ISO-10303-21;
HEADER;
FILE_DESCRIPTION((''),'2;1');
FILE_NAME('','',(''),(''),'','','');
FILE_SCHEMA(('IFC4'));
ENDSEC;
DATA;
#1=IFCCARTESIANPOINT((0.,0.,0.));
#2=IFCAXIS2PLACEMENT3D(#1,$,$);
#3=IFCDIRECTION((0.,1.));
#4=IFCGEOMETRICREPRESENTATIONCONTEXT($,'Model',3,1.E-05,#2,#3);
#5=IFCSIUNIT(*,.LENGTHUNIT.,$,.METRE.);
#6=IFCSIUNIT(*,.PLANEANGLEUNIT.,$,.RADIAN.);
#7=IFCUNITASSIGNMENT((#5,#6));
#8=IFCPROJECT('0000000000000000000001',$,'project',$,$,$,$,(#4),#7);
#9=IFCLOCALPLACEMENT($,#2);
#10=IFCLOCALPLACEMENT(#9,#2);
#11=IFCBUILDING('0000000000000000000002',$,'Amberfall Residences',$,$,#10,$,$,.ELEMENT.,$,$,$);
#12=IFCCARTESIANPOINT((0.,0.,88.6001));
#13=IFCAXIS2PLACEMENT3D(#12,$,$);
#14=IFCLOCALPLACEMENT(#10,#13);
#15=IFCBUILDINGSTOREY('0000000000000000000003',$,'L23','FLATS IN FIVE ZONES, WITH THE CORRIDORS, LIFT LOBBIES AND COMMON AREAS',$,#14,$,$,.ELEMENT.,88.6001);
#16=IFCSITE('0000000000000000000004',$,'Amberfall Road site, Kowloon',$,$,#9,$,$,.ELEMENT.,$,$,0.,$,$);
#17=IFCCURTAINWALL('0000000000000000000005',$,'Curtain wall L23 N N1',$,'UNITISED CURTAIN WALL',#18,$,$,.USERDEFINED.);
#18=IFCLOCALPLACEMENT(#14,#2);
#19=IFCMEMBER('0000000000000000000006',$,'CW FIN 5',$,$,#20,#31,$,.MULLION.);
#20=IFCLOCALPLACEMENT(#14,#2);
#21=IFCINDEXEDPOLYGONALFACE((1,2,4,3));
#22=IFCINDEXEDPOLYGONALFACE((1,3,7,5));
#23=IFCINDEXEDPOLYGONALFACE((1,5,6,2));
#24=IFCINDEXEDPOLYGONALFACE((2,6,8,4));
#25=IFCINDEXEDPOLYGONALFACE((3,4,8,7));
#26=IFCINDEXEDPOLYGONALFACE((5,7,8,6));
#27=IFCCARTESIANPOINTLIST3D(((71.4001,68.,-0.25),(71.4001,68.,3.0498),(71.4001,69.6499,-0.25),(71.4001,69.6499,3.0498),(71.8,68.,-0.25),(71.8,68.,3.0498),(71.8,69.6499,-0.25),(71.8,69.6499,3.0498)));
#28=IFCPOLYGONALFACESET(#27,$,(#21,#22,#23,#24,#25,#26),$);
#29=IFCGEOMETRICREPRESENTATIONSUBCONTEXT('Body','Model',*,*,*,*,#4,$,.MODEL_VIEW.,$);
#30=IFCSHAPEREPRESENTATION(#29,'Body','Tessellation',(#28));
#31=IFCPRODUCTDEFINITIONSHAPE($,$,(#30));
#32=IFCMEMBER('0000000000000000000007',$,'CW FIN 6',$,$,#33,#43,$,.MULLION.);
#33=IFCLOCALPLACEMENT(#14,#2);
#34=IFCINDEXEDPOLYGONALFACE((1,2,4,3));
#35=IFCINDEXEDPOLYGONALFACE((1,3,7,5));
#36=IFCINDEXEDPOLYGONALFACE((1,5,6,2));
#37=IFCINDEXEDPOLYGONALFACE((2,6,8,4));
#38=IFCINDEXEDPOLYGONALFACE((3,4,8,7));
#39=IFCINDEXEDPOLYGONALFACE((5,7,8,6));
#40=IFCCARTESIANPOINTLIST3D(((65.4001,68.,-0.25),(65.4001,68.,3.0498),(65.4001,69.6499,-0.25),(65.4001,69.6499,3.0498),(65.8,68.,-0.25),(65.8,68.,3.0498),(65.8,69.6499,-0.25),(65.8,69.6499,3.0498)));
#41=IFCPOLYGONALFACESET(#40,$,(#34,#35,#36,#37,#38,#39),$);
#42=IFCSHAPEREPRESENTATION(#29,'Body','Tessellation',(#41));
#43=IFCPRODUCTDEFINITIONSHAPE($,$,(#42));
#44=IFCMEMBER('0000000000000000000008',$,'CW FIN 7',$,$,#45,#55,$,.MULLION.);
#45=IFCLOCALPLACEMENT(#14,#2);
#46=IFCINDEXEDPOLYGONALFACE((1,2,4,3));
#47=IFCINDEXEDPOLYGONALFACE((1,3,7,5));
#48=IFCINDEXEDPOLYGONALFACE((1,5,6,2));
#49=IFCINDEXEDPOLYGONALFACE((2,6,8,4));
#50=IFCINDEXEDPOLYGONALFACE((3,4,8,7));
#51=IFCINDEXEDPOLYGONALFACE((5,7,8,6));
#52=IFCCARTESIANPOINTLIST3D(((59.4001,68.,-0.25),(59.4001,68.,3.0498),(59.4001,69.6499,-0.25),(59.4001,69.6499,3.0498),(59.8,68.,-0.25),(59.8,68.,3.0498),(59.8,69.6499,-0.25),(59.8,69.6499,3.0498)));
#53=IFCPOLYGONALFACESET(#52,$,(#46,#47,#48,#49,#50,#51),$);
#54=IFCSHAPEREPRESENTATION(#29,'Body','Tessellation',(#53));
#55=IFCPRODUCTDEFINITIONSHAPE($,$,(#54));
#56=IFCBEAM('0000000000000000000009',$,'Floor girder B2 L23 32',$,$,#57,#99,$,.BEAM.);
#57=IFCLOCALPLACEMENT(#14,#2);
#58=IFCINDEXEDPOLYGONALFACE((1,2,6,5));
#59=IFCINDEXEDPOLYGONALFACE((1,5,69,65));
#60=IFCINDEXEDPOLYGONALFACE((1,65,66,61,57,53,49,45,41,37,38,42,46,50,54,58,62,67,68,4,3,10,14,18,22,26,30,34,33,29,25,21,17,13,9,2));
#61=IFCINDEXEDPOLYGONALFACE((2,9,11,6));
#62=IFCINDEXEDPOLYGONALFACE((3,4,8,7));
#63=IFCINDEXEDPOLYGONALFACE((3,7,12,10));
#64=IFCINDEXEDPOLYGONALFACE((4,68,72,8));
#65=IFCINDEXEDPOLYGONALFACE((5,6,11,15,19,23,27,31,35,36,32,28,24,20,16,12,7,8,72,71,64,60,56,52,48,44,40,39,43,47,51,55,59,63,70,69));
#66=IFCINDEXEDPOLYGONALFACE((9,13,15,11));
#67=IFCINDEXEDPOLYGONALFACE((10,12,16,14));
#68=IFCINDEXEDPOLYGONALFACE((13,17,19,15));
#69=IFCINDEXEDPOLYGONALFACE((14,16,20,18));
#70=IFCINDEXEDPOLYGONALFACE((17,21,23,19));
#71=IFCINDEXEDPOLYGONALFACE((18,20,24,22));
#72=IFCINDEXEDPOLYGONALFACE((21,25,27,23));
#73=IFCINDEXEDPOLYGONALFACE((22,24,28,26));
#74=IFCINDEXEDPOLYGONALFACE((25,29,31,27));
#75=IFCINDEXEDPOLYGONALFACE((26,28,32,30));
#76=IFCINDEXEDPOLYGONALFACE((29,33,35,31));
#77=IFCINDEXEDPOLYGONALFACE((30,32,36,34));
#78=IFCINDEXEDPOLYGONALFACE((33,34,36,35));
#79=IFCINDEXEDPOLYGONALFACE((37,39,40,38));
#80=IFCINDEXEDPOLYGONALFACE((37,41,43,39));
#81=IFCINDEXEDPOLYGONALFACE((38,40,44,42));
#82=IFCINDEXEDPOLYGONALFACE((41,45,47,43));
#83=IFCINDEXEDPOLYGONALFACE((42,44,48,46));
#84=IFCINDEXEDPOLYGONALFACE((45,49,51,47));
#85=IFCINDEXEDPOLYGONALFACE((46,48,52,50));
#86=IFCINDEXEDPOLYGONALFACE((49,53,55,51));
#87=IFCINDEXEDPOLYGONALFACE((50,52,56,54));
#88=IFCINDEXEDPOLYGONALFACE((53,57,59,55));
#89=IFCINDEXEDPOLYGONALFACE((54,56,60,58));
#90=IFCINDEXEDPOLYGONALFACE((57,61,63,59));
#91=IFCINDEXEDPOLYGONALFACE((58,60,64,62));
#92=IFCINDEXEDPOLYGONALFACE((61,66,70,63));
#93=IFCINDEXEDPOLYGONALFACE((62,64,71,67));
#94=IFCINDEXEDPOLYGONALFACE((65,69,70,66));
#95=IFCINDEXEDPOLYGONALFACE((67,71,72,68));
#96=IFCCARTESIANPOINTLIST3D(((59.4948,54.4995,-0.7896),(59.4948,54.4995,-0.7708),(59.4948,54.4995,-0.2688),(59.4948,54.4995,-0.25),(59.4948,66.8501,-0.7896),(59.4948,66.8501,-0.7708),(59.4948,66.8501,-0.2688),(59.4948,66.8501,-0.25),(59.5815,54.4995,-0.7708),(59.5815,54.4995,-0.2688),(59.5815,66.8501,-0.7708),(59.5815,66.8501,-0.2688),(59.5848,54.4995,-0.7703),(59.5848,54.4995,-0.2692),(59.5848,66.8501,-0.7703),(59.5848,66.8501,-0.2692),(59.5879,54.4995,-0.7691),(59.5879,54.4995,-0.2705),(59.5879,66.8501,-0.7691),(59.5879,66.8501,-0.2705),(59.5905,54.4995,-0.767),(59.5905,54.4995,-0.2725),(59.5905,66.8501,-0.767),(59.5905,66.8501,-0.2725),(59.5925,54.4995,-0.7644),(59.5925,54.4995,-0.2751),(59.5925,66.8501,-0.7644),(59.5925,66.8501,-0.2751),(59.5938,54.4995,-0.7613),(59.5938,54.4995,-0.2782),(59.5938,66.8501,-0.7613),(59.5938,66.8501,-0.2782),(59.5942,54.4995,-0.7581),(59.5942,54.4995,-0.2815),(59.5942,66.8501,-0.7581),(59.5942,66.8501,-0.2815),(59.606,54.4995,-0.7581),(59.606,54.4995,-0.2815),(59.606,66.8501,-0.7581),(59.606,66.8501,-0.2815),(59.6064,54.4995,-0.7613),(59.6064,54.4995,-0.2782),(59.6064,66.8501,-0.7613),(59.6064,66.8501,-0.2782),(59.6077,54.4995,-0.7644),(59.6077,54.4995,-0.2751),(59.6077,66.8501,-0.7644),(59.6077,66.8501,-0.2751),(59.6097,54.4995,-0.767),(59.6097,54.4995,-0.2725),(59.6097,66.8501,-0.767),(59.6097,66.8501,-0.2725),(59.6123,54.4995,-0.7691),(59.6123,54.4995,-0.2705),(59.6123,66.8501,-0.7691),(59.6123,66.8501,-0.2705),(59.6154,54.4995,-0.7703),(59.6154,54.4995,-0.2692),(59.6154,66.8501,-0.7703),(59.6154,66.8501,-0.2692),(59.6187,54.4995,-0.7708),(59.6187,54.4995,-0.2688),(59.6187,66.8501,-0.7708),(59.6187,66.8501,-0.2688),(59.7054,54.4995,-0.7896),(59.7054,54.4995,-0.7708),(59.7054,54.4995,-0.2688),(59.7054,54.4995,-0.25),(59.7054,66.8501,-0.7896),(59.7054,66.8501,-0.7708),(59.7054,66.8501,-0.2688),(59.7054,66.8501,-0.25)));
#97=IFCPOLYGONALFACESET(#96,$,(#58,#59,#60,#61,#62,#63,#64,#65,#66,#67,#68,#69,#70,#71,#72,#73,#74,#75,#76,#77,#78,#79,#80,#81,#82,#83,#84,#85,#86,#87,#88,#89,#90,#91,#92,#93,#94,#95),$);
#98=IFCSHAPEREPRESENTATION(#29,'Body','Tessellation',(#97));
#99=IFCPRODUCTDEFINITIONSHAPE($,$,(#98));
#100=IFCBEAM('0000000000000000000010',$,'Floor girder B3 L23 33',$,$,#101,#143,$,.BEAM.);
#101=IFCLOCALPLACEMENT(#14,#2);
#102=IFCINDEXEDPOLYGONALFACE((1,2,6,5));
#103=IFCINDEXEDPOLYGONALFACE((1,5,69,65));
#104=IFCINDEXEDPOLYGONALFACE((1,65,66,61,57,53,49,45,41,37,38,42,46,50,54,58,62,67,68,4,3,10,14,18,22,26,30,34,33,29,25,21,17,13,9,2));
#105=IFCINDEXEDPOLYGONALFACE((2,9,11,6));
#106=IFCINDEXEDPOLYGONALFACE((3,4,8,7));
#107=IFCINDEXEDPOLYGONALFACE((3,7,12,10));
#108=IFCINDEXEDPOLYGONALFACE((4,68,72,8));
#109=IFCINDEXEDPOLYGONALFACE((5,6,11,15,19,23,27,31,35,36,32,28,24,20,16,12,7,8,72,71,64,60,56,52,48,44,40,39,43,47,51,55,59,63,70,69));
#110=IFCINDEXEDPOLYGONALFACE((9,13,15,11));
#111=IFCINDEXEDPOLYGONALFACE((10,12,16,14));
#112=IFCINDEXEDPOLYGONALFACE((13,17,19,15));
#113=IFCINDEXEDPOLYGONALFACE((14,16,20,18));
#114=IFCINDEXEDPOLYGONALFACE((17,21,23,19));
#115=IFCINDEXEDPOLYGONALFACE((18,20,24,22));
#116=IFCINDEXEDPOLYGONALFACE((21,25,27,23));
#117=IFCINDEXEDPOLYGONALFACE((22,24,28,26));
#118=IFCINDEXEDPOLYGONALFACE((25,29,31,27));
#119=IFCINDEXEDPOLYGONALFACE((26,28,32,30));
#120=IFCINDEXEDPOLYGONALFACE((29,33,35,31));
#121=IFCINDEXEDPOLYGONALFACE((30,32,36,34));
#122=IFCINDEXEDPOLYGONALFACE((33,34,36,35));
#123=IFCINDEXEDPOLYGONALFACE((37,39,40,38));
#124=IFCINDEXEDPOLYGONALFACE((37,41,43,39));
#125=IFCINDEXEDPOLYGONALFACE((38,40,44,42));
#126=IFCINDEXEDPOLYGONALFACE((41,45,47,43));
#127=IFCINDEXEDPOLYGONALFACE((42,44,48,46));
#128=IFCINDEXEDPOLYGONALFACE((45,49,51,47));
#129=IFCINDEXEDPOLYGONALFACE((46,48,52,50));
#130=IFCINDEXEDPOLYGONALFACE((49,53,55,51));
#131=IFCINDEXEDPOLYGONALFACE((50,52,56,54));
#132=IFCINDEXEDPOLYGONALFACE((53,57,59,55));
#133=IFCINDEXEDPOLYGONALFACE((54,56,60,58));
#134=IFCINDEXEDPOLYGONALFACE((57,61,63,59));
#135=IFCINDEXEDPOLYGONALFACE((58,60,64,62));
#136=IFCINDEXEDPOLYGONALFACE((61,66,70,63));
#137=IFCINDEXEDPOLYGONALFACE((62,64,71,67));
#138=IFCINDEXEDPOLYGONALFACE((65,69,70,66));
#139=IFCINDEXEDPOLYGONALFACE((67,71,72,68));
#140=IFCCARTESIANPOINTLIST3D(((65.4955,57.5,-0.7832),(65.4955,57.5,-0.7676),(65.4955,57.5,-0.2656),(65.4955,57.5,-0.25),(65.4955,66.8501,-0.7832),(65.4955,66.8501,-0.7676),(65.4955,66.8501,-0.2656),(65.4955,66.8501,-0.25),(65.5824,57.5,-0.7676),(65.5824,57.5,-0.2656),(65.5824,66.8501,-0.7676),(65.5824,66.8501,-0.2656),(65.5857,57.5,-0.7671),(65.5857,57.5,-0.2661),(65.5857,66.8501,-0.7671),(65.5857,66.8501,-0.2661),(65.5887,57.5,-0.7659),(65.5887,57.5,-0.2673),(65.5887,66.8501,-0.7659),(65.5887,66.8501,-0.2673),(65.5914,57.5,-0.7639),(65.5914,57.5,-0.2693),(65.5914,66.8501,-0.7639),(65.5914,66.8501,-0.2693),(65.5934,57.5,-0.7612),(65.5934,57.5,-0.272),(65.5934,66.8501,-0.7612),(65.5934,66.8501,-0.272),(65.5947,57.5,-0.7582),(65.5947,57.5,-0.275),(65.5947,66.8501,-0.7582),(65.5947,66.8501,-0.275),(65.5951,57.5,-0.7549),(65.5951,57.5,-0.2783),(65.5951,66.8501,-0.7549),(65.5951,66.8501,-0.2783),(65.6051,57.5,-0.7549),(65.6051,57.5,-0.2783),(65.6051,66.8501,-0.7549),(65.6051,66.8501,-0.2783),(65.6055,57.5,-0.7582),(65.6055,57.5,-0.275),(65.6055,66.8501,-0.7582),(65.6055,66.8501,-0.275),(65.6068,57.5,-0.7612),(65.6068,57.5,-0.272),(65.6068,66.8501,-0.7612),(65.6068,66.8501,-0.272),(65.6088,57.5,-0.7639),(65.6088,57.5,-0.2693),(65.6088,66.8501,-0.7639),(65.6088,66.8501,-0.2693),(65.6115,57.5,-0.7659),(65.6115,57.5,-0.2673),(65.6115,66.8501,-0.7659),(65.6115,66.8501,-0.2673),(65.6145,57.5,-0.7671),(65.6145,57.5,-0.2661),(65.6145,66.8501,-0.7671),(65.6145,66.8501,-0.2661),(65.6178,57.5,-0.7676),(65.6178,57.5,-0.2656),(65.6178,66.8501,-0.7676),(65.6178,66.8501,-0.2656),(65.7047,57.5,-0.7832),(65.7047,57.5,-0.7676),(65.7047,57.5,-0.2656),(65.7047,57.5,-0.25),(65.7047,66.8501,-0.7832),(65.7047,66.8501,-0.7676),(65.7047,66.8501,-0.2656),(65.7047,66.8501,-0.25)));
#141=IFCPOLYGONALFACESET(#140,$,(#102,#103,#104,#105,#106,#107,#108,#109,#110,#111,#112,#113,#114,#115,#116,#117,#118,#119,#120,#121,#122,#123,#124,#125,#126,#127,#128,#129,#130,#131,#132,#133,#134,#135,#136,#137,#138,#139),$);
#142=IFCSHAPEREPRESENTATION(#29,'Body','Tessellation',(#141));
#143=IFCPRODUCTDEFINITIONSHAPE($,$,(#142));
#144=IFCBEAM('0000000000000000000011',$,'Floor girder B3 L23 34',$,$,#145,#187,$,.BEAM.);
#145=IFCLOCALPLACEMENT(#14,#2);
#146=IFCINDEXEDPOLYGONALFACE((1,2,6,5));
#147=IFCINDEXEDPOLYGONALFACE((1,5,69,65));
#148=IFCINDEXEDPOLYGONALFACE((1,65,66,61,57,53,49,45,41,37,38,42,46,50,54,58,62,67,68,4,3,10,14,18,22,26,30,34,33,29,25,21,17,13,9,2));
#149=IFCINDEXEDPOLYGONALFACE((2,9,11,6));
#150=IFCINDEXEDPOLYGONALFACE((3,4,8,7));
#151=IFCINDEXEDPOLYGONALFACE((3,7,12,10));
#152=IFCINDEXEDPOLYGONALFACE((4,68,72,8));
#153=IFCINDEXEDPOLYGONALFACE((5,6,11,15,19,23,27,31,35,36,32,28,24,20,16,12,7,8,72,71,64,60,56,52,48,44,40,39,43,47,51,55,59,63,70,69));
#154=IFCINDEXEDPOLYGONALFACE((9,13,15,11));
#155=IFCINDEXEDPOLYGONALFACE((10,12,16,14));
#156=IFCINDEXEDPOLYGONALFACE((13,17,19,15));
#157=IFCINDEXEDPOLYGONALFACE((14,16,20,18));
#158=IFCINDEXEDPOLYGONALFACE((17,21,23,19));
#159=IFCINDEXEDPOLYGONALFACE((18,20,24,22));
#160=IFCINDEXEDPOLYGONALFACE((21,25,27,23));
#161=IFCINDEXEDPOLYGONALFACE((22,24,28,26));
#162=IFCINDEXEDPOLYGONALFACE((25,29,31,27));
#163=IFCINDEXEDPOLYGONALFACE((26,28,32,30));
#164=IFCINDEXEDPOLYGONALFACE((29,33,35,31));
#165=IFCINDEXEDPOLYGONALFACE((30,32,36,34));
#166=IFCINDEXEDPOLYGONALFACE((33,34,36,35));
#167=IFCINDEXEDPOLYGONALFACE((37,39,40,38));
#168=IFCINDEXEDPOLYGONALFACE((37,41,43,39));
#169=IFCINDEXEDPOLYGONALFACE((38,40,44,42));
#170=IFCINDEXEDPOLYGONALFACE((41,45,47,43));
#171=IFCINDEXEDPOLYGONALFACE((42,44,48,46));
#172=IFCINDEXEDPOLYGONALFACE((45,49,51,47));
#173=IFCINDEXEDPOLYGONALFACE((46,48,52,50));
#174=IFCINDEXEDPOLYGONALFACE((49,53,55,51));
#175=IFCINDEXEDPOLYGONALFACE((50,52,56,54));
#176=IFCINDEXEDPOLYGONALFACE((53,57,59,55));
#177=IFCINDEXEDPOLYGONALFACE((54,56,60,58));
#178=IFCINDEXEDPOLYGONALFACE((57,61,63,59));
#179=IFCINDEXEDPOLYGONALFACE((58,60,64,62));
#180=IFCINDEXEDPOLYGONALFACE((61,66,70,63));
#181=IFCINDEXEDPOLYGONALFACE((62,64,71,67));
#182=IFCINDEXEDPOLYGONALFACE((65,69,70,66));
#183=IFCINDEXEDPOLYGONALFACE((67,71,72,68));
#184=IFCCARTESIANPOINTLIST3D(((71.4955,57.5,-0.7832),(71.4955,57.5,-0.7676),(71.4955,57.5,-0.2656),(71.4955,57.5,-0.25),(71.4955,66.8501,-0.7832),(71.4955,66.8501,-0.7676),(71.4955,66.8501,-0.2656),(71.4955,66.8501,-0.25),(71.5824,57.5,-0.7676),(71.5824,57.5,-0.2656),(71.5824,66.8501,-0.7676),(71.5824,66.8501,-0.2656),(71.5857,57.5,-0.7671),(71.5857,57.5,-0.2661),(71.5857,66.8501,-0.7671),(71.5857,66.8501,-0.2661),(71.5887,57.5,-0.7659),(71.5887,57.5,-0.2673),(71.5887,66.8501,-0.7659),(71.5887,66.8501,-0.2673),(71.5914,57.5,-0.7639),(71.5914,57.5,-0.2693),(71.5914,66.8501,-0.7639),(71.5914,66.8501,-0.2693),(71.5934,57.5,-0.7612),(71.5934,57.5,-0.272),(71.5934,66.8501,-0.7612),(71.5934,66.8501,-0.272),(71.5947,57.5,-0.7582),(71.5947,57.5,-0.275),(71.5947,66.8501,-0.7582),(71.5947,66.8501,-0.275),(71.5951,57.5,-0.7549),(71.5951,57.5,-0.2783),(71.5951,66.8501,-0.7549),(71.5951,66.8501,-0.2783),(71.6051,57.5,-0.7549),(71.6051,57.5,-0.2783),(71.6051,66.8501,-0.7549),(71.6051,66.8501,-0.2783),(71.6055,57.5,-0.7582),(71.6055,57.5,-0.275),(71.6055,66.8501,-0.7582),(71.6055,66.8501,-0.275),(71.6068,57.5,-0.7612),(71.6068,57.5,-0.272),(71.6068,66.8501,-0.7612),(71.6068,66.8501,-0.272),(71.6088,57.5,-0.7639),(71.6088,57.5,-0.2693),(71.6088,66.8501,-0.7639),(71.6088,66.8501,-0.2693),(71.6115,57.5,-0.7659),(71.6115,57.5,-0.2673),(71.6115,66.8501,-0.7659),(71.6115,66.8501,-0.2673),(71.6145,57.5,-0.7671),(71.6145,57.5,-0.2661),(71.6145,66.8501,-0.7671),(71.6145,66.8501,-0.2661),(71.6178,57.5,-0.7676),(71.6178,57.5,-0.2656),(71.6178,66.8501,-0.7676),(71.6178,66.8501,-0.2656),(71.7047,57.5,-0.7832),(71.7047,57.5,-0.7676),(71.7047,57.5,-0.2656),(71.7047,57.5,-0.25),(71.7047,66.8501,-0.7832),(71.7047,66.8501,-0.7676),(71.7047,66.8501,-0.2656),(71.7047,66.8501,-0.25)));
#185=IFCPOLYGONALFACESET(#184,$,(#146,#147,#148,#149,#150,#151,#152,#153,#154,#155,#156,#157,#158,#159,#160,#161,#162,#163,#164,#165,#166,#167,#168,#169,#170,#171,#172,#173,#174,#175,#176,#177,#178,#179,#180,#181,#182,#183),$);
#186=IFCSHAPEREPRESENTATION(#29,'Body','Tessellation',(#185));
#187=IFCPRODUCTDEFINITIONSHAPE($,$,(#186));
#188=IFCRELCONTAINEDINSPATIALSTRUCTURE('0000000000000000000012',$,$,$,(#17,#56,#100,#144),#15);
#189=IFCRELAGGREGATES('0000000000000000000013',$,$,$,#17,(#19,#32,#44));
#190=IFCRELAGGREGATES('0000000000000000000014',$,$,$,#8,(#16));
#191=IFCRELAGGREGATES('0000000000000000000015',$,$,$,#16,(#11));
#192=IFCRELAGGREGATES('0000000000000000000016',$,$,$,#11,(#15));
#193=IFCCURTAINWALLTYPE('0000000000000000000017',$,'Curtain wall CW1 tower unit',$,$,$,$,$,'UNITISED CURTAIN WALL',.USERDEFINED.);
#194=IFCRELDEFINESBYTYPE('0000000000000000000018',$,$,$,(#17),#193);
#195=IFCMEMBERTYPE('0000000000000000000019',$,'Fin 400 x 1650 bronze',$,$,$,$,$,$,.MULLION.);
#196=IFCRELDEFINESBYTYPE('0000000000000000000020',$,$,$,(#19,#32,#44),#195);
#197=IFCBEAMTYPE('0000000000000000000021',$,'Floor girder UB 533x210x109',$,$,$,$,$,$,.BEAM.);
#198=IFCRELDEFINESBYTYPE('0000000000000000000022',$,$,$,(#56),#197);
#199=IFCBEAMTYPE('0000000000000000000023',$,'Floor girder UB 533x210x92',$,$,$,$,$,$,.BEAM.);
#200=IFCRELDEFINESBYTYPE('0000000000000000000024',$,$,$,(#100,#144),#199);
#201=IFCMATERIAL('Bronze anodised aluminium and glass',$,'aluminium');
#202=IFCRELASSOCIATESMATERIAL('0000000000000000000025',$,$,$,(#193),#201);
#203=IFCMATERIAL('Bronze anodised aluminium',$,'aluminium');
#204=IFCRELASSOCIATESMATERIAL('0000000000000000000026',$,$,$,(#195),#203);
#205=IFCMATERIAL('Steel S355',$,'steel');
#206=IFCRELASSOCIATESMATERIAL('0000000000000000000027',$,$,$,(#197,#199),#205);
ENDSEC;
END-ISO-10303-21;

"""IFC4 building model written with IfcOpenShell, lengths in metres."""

from ifc_helpers import new_model, si_unit, direction, frame, origin, origin_2d, place, context, subcontext, project, spatial, rectangle, i_section, extrude, material, material_profile, profile_set, type_object, element, aggregate, save


model = new_model("IFC4")

# Units and contexts
model_context = context("Model", 3, precision=1e-05, world=origin(), true_north=direction((0.0, 1.0)))
body_context = subcontext(model_context, "Body", "Model", "MODEL_VIEW")
ifc_project = project(units=[si_unit("LENGTHUNIT", "METRE"), si_unit("PLANEANGLEUNIT", "RADIAN")], contexts=[model_context])

# Site, building, storey
site_placement = place(None, origin())
site = spatial("IfcSite", under=ifc_project, at=site_placement, Name="Amberfall Road site, Kowloon", CompositionType="ELEMENT", RefElevation=0.0)
building_placement = place(site_placement, origin())
building = spatial("IfcBuilding", under=site, at=building_placement, Name="Amberfall Residences", CompositionType="ELEMENT")
storey_placement = place(building_placement, frame((0.0, 0.0, 88.6001)))
storey = spatial("IfcBuildingStorey", under=building, at=storey_placement, Name="L23", Description="FLATS IN FIVE ZONES, WITH THE CORRIDORS, LIFT LOBBIES AND COMMON AREAS", CompositionType="ELEMENT", Elevation=88.6001)

# Curtain wall
ifc_material_1 = material(Name="Bronze anodised aluminium and glass", Category="aluminium")
curtain_wall_type = type_object("IfcCurtainWallType", Name="Curtain wall CW1 tower unit", ElementType="UNITISED CURTAIN WALL", PredefinedType="USERDEFINED", material=ifc_material_1)
curtain_wall_placement = place(storey_placement, origin())
curtain_wall = element("IfcCurtainWall", 1, at=curtain_wall_placement, inside=storey, type_object=curtain_wall_type, Name="Curtain wall L23 N N1", ObjectType="UNITISED CURTAIN WALL", PredefinedType="USERDEFINED")
ifc_material_2 = material(Name="Bronze anodised aluminium", Category="aluminium")

# Shared definitions
ifc_material_3 = material(Name="Steel S355", Category="steel")

# Members
ifc_material_profile_1 = material_profile(ifc_material_2, rectangle(XDim=1.6499, YDim=0.3999, at=origin_2d()), Name="Fin 400 x 1650 bronze")
ifc_profile_set_1 = profile_set([ifc_material_profile_1], Name="Bronze anodised aluminium")
member_type_1 = type_object("IfcMemberType", Name="Fin 400 x 1650 bronze", PredefinedType="MULLION", material=ifc_profile_set_1)
member_1_placement = place(storey_placement, frame((71.6001, 68.825, -0.25), z_axis=(0.0, 0.0, 1.0), x_axis=(0.0, -1.0, 0.0)))
member_1 = element("IfcMember", 2, at=member_1_placement, type_object=member_type_1, Name="CW FIN 5", PredefinedType="MULLION", context=body_context, shape_type="SweptSolid", body=[
    extrude(rectangle(XDim=1.6499, YDim=0.3999, at=origin_2d()), origin(), (0.0, 0.0, 1.0), 3.2998),
])
member_2_placement = place(storey_placement, frame((65.6001, 68.825, -0.25), z_axis=(0.0, 0.0, 1.0), x_axis=(0.0, -1.0, 0.0)))
member_2 = element("IfcMember", 3, at=member_2_placement, type_object=member_type_1, Name="CW FIN 6", PredefinedType="MULLION", context=body_context, shape_type="SweptSolid", body=[
    extrude(rectangle(XDim=1.6499, YDim=0.3999, at=origin_2d()), origin(), (0.0, 0.0, 1.0), 3.2998),
])
member_3_placement = place(storey_placement, frame((59.6001, 68.825, -0.25), z_axis=(0.0, 0.0, 1.0), x_axis=(0.0, -1.0, 0.0)))
member_3 = element("IfcMember", 4, at=member_3_placement, type_object=member_type_1, Name="CW FIN 7", PredefinedType="MULLION", context=body_context, shape_type="SweptSolid", body=[
    extrude(rectangle(XDim=1.6499, YDim=0.3999, at=origin_2d()), origin(), (0.0, 0.0, 1.0), 3.2998),
])

# Beams
ifc_material_profile_2 = material_profile(ifc_material_3, i_section(OverallWidth=0.2107, OverallDepth=0.5396, WebThickness=0.0117, FlangeThickness=0.0188, FilletRadius=0.0127, at=origin_2d()), Name="UB 533x210x109")
ifc_profile_set_2 = profile_set([ifc_material_profile_2], Name="Steel S355")
beam_type_1 = type_object("IfcBeamType", Name="Floor girder UB 533x210x109", PredefinedType="BEAM", material=ifc_profile_set_2)
beam_placement = place(storey_placement, frame((59.6001, 66.8501, -0.5198), z_axis=(0.0, -1.0, 0.0), x_axis=(1.0, 0.0, 0.0)))
element("IfcBeam", 5, at=beam_placement, inside=storey, type_object=beam_type_1, Name="Floor girder B2 L23 32", PredefinedType="BEAM", context=body_context, shape_type="SweptSolid", body=[
    extrude(i_section(OverallWidth=0.2107, OverallDepth=0.5396, WebThickness=0.0117, FlangeThickness=0.0188, FilletRadius=0.0127, at=origin_2d()), origin(), (0.0, 0.0, 1.0), 12.3506),
])
ifc_material_profile_3 = material_profile(ifc_material_3, i_section(OverallWidth=0.2092, OverallDepth=0.5332, WebThickness=0.01, FlangeThickness=0.0156, FilletRadius=0.0127, at=origin_2d()), Name="UB 533x210x92")
ifc_profile_set_3 = profile_set([ifc_material_profile_3], Name="Steel S355")
beam_type_2 = type_object("IfcBeamType", Name="Floor girder UB 533x210x92", PredefinedType="BEAM", material=ifc_profile_set_3)
for number, where, z_axis, x_axis, name in (
    (6, (65.6001, 66.8501, -0.5166), (0.0, -1.0, 0.0), (1.0, 0.0, 0.0), "Floor girder B3 L23 33"),
    (7, (71.6001, 66.8501, -0.5166), (0.0, -1.0, 0.0), (1.0, 0.0, 0.0), "Floor girder B3 L23 34"),
):
    element("IfcBeam", number, at=place(storey_placement, frame(where, z_axis=z_axis, x_axis=x_axis)), inside=storey, type_object=beam_type_2, Name=name, PredefinedType="BEAM", context=body_context, shape_type="SweptSolid", body=[
        extrude(i_section(OverallWidth=0.2092, OverallDepth=0.5332, WebThickness=0.01, FlangeThickness=0.0156, FilletRadius=0.0127, at=origin_2d()), origin(), (0.0, 0.0, 1.0), 9.3501),
    ])

aggregate(curtain_wall, [member_1, member_2, member_3])

save(model, "model.ifc")
